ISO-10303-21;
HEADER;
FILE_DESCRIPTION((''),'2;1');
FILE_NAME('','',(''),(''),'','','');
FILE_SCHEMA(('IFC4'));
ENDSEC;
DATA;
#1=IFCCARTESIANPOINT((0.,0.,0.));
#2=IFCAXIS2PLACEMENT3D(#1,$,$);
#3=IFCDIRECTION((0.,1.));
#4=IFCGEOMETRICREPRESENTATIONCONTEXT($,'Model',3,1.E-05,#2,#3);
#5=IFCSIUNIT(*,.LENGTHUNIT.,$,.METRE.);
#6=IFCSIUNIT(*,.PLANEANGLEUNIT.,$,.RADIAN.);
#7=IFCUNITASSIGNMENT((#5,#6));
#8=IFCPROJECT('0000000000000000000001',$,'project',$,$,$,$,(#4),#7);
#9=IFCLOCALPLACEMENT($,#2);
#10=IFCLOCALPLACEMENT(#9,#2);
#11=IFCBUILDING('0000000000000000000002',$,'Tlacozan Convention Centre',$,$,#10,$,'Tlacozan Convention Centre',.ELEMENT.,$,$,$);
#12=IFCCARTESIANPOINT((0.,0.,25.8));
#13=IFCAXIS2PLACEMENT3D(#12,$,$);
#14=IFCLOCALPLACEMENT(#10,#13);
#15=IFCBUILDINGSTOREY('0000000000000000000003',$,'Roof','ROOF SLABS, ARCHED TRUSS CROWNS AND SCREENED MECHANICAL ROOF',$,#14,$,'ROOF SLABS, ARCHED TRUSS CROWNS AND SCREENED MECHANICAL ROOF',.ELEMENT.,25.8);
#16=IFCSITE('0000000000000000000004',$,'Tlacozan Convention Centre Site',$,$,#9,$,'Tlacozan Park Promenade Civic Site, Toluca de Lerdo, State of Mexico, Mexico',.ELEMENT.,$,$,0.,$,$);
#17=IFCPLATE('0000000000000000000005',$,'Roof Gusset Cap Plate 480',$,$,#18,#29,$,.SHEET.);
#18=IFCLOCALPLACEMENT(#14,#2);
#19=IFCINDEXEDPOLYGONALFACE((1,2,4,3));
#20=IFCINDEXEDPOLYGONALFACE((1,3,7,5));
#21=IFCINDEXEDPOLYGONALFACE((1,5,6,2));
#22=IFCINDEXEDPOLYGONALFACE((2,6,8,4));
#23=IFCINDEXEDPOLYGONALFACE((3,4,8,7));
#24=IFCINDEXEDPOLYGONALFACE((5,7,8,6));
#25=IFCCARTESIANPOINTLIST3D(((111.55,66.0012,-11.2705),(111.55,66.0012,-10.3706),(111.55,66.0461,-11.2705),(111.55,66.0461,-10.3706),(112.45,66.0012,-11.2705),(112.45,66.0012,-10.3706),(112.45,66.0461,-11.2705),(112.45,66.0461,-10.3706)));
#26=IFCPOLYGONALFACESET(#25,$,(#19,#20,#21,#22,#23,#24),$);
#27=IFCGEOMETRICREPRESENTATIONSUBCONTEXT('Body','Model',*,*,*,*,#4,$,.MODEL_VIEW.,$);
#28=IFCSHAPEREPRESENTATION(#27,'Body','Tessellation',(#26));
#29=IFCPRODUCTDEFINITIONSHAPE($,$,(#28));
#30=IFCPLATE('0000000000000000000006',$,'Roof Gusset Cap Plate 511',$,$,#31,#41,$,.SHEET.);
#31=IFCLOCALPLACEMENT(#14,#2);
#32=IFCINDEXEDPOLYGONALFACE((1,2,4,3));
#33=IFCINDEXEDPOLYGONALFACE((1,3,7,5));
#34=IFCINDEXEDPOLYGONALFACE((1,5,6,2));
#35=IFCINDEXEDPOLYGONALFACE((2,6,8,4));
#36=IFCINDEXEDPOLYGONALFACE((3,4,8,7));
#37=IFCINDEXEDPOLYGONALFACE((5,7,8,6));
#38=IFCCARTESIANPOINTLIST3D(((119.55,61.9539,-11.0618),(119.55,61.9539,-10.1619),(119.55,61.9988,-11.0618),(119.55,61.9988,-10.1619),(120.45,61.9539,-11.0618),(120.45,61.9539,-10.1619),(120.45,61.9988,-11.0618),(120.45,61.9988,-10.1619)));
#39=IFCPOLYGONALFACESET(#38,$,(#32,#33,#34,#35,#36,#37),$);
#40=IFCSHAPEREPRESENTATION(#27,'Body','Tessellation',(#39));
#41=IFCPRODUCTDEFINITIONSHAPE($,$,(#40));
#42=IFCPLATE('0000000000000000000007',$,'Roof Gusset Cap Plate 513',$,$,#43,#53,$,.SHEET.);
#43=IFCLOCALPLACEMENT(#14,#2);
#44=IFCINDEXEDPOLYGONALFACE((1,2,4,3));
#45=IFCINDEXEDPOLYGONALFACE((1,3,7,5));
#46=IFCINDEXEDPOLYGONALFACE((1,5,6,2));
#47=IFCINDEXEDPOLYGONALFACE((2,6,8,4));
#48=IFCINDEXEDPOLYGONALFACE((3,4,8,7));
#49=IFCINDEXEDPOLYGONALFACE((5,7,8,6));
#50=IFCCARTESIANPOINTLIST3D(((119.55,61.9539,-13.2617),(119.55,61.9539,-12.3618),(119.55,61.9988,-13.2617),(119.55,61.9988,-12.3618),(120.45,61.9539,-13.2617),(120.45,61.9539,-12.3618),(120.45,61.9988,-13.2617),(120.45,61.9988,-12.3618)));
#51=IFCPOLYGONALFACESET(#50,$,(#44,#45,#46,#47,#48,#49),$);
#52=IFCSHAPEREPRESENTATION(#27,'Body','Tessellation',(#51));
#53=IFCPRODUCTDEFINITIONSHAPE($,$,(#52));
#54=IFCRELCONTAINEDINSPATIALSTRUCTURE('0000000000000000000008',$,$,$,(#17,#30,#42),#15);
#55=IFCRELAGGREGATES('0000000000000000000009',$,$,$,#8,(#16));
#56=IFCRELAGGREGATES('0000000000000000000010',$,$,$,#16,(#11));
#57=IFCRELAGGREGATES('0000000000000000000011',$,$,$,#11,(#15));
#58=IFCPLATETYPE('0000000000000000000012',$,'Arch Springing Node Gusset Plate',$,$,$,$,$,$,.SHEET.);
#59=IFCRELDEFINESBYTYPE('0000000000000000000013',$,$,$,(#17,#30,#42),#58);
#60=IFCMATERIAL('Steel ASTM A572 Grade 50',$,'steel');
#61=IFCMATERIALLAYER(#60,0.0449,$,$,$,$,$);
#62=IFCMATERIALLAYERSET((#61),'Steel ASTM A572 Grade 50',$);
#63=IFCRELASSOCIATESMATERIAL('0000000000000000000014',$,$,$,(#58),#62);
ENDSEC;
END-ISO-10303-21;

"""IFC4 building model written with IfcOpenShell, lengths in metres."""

from ifc_helpers import new_model, si_unit, direction, frame, origin, origin_2d, place, context, subcontext, project, spatial, rectangle, extrude, material, layer, layer_set, type_object, element, save


model = new_model("IFC4")

# Units and contexts
model_context = context("Model", 3, precision=1e-05, world=origin(), true_north=direction((0.0, 1.0)))
body_context = subcontext(model_context, "Body", "Model", "MODEL_VIEW")
ifc_project = project(units=[si_unit("LENGTHUNIT", "METRE"), si_unit("PLANEANGLEUNIT", "RADIAN")], contexts=[model_context])

# Site, building, storey
site_placement = place(None, origin())
site = spatial("IfcSite", under=ifc_project, at=site_placement, Name="Tlacozan Convention Centre Site", LongName="Tlacozan Park Promenade Civic Site, Toluca de Lerdo, State of Mexico, Mexico", CompositionType="ELEMENT", RefElevation=0.0)
building_placement = place(site_placement, origin())
building = spatial("IfcBuilding", under=site, at=building_placement, Name="Tlacozan Convention Centre", LongName="Tlacozan Convention Centre", CompositionType="ELEMENT")
storey_placement = place(building_placement, frame((0.0, 0.0, 25.8)))
storey = spatial("IfcBuildingStorey", under=building, at=storey_placement, Name="Roof", Description="ROOF SLABS, ARCHED TRUSS CROWNS AND SCREENED MECHANICAL ROOF", LongName="ROOF SLABS, ARCHED TRUSS CROWNS AND SCREENED MECHANICAL ROOF", CompositionType="ELEMENT", Elevation=25.8)

# Plates
ifc_material_1 = material(Name="Steel ASTM A572 Grade 50", Category="steel")
ifc_layer = layer(ifc_material_1, 0.0449)
ifc_layer_set = layer_set([ifc_layer], Name="Steel ASTM A572 Grade 50")
plate_type = type_object("IfcPlateType", Name="Arch Springing Node Gusset Plate", PredefinedType="SHEET", material=ifc_layer_set)
for number, where, z_axis, x_axis, name in (
    (1, (112.0, 66.0237, -11.2705), (0.0, 0.0, 1.0), (0.0, 1.0, 0.0), "Roof Gusset Cap Plate 480"),
    (2, (120.0, 61.9763, -11.0618), (0.0, 0.0, 1.0), (0.0, 1.0, 0.0), "Roof Gusset Cap Plate 511"),
    (3, (120.0, 61.9763, -13.2617), (0.0, 0.0, 1.0), (0.0, 1.0, 0.0), "Roof Gusset Cap Plate 513"),
):
    element("IfcPlate", number, at=place(storey_placement, frame(where, z_axis=z_axis, x_axis=x_axis)), inside=storey, type_object=plate_type, Name=name, PredefinedType="SHEET", context=body_context, shape_type="SweptSolid", body=[
        extrude(rectangle(XDim=0.0449, YDim=0.8999, at=origin_2d()), origin(), (0.0, 0.0, 1.0), 0.8999),
    ])

save(model, "model.ifc")
